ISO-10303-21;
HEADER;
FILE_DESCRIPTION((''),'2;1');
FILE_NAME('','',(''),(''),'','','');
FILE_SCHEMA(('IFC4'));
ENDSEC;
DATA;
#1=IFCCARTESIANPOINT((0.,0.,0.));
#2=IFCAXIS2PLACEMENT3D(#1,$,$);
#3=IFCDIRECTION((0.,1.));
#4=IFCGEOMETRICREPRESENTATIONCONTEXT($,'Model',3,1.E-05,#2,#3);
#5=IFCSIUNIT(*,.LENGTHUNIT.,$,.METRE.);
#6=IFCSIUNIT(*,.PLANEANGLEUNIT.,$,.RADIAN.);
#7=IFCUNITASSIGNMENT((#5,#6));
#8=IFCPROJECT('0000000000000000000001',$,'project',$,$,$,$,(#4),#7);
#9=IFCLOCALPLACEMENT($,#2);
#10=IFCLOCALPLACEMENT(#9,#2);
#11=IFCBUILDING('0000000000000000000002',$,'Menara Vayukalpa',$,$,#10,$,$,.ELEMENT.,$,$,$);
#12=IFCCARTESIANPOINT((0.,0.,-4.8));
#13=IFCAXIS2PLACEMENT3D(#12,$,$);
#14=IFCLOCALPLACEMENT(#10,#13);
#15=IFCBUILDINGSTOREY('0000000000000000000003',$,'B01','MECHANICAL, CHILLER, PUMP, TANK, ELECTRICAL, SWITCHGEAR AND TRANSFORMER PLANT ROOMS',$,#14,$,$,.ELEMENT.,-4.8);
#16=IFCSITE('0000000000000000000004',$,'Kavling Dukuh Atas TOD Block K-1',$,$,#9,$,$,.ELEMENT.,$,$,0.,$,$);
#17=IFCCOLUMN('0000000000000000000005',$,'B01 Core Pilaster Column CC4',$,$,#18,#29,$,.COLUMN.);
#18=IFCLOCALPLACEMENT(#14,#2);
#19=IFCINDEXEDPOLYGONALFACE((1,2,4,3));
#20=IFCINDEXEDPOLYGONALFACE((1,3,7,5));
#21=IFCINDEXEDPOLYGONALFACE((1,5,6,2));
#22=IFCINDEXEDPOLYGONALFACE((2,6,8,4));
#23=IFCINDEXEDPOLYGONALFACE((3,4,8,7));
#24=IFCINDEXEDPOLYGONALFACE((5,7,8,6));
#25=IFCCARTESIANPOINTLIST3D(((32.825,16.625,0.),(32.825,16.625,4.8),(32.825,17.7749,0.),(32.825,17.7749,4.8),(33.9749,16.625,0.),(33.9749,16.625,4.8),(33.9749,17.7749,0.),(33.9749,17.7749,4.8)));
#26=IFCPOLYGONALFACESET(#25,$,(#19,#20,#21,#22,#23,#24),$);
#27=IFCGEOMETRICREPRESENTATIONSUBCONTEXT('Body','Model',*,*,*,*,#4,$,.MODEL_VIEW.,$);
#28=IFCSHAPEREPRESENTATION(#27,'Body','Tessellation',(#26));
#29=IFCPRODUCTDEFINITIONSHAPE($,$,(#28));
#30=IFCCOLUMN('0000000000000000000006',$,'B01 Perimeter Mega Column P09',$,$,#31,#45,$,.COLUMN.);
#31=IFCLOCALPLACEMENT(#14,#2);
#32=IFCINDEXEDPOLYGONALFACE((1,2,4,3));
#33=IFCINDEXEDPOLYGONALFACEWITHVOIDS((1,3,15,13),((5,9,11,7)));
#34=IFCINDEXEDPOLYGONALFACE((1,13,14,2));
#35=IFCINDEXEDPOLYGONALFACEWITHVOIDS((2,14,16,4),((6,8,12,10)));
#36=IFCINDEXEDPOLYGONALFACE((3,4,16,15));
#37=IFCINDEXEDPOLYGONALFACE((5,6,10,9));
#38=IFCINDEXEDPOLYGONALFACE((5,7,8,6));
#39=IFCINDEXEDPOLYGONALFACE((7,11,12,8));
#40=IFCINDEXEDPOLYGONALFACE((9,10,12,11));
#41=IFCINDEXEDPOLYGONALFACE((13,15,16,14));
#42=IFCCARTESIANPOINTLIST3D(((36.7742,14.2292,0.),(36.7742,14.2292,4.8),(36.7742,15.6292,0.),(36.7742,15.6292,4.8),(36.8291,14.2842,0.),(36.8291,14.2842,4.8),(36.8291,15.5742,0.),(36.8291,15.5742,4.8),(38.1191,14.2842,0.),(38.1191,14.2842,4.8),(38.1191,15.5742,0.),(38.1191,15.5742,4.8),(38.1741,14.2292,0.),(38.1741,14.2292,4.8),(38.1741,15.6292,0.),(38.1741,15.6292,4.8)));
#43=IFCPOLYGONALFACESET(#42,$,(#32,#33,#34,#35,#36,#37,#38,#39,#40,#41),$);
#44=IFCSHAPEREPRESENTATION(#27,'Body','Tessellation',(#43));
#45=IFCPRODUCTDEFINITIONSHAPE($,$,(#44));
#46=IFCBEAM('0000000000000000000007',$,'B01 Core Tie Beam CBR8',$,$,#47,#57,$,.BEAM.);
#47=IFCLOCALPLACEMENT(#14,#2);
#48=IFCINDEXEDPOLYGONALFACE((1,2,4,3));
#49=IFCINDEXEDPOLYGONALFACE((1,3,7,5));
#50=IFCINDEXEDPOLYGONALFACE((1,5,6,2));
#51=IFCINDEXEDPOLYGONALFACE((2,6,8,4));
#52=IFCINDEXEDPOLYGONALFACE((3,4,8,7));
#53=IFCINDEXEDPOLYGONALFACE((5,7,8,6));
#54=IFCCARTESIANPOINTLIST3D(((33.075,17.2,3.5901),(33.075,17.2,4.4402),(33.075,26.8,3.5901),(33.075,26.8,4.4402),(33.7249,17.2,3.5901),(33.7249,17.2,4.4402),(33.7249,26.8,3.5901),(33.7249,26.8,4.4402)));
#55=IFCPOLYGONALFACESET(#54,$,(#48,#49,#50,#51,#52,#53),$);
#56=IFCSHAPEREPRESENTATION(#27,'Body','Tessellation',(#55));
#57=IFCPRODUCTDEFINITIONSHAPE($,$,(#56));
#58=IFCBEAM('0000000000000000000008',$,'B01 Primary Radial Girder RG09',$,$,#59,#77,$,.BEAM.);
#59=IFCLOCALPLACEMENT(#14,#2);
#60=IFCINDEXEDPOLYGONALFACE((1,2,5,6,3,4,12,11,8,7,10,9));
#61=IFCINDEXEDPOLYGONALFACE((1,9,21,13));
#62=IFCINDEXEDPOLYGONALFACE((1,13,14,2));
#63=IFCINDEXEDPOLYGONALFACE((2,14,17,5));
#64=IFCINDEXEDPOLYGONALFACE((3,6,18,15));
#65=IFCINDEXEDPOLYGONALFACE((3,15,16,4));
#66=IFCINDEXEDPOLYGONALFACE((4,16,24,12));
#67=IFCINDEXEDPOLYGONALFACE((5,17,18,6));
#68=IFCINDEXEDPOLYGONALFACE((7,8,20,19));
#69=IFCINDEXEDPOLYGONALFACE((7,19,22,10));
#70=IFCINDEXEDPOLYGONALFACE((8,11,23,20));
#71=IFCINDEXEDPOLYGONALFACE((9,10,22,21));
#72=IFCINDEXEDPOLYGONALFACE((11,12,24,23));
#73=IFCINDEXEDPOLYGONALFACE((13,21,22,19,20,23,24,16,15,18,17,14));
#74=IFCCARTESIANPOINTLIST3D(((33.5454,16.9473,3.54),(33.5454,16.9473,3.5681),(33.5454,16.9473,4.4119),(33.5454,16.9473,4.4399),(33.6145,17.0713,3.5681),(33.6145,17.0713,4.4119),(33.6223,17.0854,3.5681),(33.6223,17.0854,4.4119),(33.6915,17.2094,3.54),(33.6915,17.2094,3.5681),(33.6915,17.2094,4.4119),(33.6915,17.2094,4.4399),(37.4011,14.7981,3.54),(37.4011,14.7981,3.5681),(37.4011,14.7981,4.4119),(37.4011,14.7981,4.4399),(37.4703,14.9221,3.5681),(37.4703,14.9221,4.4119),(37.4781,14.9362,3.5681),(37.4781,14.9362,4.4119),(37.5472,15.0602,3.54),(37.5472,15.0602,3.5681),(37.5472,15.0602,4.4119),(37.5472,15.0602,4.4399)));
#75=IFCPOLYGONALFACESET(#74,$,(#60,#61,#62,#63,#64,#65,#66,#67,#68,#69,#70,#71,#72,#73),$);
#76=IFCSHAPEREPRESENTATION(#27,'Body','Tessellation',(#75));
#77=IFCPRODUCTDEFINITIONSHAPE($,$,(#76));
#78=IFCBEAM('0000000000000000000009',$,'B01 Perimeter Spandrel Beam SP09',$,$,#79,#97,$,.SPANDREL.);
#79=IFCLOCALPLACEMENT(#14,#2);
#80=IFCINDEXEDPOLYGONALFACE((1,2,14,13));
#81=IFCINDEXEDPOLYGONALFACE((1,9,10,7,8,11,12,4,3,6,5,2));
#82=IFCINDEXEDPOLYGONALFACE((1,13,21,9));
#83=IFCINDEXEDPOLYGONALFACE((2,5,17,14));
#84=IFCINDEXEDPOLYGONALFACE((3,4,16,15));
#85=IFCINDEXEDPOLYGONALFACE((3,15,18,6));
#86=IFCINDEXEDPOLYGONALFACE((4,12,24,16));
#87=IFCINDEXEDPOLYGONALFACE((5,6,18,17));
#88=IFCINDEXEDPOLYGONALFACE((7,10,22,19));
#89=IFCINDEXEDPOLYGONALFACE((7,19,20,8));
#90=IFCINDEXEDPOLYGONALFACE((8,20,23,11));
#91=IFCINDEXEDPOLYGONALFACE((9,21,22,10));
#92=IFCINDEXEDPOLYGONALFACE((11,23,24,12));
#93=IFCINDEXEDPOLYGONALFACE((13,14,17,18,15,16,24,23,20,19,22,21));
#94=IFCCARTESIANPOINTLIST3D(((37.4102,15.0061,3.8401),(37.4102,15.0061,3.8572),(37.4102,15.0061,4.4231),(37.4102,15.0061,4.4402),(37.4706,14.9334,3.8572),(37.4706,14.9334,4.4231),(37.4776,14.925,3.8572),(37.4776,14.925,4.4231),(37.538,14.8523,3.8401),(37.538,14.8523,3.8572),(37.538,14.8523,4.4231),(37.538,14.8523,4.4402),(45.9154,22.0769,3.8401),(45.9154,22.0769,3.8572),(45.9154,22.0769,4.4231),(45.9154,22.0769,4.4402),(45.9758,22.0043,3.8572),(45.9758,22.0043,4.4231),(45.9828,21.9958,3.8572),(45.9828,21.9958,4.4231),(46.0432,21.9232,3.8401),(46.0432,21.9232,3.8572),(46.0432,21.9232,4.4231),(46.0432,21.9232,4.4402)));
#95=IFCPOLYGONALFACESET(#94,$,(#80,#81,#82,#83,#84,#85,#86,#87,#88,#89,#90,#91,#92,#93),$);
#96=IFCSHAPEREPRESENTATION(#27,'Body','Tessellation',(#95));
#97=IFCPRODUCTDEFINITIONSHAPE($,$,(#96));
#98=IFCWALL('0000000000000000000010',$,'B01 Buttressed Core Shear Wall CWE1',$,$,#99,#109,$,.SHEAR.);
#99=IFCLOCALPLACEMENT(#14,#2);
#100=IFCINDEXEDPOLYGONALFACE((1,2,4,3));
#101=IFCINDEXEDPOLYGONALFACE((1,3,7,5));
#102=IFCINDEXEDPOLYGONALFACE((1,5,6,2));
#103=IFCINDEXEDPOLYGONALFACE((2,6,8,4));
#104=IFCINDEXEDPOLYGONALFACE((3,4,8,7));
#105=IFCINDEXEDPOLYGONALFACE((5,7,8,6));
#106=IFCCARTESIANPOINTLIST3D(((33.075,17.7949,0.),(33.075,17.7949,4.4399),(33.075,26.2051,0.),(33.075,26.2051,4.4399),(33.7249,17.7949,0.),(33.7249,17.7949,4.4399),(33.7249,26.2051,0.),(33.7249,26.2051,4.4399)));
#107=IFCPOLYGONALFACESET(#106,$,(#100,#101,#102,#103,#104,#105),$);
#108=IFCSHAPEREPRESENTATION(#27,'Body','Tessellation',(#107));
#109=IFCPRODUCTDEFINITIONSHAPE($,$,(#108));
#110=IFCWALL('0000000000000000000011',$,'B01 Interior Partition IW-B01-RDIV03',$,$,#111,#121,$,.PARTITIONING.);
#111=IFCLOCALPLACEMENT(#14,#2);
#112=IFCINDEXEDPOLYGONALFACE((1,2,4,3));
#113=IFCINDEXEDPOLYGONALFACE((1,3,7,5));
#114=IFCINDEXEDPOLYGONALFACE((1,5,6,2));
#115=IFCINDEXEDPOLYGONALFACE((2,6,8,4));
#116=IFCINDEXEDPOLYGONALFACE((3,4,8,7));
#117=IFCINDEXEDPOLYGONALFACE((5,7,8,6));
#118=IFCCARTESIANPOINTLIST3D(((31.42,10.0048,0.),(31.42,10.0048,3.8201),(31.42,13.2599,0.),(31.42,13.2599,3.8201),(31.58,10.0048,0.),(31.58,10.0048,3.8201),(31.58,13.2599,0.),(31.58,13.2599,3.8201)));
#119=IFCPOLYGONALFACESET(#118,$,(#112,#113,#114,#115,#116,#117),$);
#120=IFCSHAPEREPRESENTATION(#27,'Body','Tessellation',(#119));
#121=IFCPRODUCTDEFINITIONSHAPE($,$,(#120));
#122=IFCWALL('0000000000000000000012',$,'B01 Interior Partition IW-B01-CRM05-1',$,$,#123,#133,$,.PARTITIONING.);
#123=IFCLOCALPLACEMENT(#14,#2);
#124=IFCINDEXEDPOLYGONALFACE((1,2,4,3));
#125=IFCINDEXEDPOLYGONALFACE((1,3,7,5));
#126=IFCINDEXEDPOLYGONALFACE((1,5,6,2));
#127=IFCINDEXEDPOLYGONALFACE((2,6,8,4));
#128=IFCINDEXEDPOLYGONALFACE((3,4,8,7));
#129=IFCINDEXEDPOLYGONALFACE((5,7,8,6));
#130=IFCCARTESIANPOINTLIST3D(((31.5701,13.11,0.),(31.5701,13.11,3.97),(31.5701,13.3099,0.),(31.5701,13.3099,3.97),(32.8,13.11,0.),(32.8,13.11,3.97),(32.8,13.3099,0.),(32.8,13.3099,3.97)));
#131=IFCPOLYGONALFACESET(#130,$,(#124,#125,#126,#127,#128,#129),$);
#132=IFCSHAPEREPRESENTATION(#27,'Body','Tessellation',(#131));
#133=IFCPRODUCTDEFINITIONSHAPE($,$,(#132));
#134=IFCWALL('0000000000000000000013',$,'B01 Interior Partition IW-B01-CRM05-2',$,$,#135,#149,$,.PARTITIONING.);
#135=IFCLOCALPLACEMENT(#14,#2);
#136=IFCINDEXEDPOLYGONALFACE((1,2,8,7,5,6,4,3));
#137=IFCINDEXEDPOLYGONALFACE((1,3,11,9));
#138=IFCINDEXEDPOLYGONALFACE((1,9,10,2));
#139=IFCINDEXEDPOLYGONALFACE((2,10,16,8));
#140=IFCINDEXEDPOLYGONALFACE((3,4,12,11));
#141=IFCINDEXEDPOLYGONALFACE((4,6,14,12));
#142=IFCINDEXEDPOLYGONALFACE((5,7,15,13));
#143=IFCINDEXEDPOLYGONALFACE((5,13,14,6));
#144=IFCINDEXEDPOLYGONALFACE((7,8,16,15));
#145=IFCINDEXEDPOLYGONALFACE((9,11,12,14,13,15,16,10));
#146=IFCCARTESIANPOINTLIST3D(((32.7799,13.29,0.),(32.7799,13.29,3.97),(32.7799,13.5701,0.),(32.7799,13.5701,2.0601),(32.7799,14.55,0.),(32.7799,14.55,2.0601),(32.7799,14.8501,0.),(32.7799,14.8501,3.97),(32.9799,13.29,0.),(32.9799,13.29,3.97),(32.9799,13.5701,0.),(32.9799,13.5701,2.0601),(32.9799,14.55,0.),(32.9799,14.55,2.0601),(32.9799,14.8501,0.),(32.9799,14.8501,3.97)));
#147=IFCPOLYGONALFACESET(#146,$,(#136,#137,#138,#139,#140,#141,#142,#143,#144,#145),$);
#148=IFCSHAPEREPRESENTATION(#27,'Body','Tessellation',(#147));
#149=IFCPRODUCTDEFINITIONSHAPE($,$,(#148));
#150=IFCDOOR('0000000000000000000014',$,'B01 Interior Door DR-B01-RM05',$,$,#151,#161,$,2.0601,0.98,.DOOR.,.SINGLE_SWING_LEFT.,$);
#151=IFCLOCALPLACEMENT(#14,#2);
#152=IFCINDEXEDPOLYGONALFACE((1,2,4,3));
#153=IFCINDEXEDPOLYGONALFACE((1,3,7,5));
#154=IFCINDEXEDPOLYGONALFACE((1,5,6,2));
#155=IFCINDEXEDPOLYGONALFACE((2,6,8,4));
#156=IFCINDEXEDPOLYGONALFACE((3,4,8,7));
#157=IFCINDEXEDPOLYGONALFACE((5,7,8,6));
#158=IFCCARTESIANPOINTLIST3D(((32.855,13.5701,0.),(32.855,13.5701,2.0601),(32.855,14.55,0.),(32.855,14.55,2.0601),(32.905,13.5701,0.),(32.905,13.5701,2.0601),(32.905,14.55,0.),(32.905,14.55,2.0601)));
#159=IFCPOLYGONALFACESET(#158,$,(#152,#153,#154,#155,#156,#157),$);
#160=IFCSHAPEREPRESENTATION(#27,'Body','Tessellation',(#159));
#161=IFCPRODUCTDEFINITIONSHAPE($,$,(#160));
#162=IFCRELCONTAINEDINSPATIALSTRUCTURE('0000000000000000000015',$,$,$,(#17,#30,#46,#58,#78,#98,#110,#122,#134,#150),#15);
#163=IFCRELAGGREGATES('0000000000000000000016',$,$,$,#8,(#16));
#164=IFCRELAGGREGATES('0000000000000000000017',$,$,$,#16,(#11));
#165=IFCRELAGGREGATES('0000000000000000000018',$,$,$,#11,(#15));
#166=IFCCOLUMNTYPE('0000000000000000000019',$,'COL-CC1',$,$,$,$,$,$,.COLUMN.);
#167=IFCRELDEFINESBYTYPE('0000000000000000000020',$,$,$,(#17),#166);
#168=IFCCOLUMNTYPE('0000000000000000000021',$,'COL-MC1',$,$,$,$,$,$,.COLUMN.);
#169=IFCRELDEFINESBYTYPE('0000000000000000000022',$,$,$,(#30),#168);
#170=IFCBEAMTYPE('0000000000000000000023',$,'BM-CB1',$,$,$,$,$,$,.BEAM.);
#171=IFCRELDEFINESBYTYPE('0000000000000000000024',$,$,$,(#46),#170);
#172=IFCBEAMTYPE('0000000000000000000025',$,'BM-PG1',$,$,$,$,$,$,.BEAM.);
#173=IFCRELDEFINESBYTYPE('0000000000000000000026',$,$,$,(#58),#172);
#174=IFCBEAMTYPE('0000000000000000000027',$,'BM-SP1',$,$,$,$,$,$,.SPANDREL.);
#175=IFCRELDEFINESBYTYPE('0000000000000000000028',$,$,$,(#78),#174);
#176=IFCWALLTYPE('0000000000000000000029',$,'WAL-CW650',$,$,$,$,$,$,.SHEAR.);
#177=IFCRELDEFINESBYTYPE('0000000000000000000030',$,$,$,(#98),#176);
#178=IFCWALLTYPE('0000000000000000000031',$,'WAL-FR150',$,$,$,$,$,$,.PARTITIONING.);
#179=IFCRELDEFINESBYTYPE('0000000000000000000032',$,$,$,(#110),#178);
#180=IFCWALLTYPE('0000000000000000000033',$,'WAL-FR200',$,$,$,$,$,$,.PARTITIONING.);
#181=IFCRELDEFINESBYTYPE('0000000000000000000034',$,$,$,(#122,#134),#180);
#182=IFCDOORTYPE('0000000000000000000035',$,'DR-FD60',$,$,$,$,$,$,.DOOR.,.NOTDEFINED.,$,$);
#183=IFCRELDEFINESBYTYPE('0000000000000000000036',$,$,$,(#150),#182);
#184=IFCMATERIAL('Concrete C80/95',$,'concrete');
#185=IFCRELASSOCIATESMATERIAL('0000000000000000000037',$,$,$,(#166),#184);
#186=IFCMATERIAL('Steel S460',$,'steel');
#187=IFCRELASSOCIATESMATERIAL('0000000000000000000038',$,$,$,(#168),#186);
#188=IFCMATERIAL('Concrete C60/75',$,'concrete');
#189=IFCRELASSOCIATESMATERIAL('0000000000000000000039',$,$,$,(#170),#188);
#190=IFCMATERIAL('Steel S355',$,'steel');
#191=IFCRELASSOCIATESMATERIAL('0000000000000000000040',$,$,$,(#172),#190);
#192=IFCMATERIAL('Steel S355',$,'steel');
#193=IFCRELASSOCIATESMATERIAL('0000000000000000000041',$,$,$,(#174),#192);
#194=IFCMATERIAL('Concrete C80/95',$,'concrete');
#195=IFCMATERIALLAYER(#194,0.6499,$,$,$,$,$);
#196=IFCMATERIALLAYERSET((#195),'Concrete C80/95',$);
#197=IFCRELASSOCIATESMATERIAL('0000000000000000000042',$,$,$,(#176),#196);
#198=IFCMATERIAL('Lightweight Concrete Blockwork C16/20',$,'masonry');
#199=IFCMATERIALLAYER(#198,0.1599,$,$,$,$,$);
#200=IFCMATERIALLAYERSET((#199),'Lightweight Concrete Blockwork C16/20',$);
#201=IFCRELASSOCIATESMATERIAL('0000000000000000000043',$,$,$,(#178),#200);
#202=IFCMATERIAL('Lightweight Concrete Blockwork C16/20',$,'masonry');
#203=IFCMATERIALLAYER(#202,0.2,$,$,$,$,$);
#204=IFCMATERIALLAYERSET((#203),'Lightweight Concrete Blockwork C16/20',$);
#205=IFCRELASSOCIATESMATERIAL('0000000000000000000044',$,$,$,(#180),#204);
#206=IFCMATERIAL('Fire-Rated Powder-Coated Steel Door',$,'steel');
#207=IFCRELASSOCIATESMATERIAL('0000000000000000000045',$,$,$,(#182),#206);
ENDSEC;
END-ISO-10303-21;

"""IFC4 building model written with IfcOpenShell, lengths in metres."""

from ifc_helpers import new_model, si_unit, direction, frame, frame_2d, origin, origin_2d, place, context, subcontext, project, spatial, rectangle, hollow_rectangle, i_section, extrude, material, layer, layer_set, material_profile, profile_set, type_object, element, fill, save


model = new_model("IFC4")

# Units and contexts
model_context = context("Model", 3, precision=1e-05, world=origin(), true_north=direction((0.0, 1.0)))
body_context = subcontext(model_context, "Body", "Model", "MODEL_VIEW")
ifc_project = project(units=[si_unit("LENGTHUNIT", "METRE"), si_unit("PLANEANGLEUNIT", "RADIAN")], contexts=[model_context])

# Site, building, storey
site_placement = place(None, origin())
site = spatial("IfcSite", under=ifc_project, at=site_placement, Name="Kavling Dukuh Atas TOD Block K-1", CompositionType="ELEMENT", RefElevation=0.0)
building_placement = place(site_placement, origin())
building = spatial("IfcBuilding", under=site, at=building_placement, Name="Menara Vayukalpa", CompositionType="ELEMENT")
storey_placement = place(building_placement, frame((0.0, 0.0, -4.8)))
storey = spatial("IfcBuildingStorey", under=building, at=storey_placement, Name="B01", Description="MECHANICAL, CHILLER, PUMP, TANK, ELECTRICAL, SWITCHGEAR AND TRANSFORMER PLANT ROOMS", CompositionType="ELEMENT", Elevation=-4.8)

# Columns
ifc_material_1 = material(Name="Concrete C80/95", Category="concrete")
ifc_material_profile_1 = material_profile(ifc_material_1, rectangle(XDim=1.1499, YDim=1.1499, at=origin_2d()), Name="RC 1150x1150")
ifc_profile_set_1 = profile_set([ifc_material_profile_1], Name="Concrete C80/95")
column_type_1 = type_object("IfcColumnType", Name="COL-CC1", PredefinedType="COLUMN", material=ifc_profile_set_1)
column_1_placement = place(storey_placement, frame((33.3999, 17.2, 0.0), z_axis=(0.0, 0.0, 1.0), x_axis=(1.0, 0.0, 0.0)))
element("IfcColumn", 1, at=column_1_placement, inside=storey, type_object=column_type_1, Name="B01 Core Pilaster Column CC4", PredefinedType="COLUMN", context=body_context, shape_type="SweptSolid", body=[
    extrude(rectangle(XDim=1.1499, YDim=1.1499, at=origin_2d()), origin(), (0.0, 0.0, 1.0), 4.8),
])
ifc_material_2 = material(Name="Steel S460", Category="steel")
ifc_material_profile_2 = material_profile(ifc_material_2, hollow_rectangle(XDim=1.3999, YDim=1.3999, WallThickness=0.0549, at=origin_2d()), Name="BOX 1400x1400x55")
ifc_profile_set_2 = profile_set([ifc_material_profile_2], Name="Steel S460")
column_type_2 = type_object("IfcColumnType", Name="COL-MC1", PredefinedType="COLUMN", material=ifc_profile_set_2)
column_2_placement = place(storey_placement, frame((37.4741, 14.9292, 0.0), z_axis=(0.0, 0.0, 1.0), x_axis=(1.0, 0.0, 0.0)))
element("IfcColumn", 2, at=column_2_placement, inside=storey, type_object=column_type_2, Name="B01 Perimeter Mega Column P09", PredefinedType="COLUMN", context=body_context, shape_type="SweptSolid", body=[
    extrude(hollow_rectangle(XDim=1.3999, YDim=1.3999, WallThickness=0.0549, at=origin_2d()), origin(), (0.0, 0.0, 1.0), 4.8),
])

# Beams
ifc_material_3 = material(Name="Concrete C60/75", Category="concrete")
ifc_material_profile_3 = material_profile(ifc_material_3, rectangle(XDim=0.6499, YDim=0.8501, at=origin_2d()), Name="RC 650x850")
ifc_profile_set_3 = profile_set([ifc_material_profile_3], Name="Concrete C60/75")
beam_type_1 = type_object("IfcBeamType", Name="BM-CB1", PredefinedType="BEAM", material=ifc_profile_set_3)
beam_1_placement = place(storey_placement, frame((33.3999, 17.2, 4.0151), z_axis=(0.0, 1.0, 0.0), x_axis=(-1.0, 0.0, 0.0)))
element("IfcBeam", 3, at=beam_1_placement, inside=storey, type_object=beam_type_1, Name="B01 Core Tie Beam CBR8", PredefinedType="BEAM", context=body_context, shape_type="SweptSolid", body=[
    extrude(rectangle(XDim=0.6499, YDim=0.8501, at=origin_2d()), origin(), (0.0, 0.0, 1.0), 9.6001),
])
ifc_material_4 = material(Name="Steel S355", Category="steel")
ifc_material_profile_4 = material_profile(ifc_material_4, i_section(OverallWidth=0.3, OverallDepth=0.8999, WebThickness=0.0161, FlangeThickness=0.0281, at=origin_2d()), Name="WF 900x300x16x28")
ifc_profile_set_4 = profile_set([ifc_material_profile_4], Name="Steel S355")
beam_type_2 = type_object("IfcBeamType", Name="BM-PG1", PredefinedType="BEAM", material=ifc_profile_set_4)
beam_2_placement = place(storey_placement, frame((33.6184, 17.0784, 3.99), z_axis=(0.873473, -0.486873, 0.0), x_axis=(0.486873, 0.873473, 0.0)))
element("IfcBeam", 4, at=beam_2_placement, inside=storey, type_object=beam_type_2, Name="B01 Primary Radial Girder RG09", PredefinedType="BEAM", context=body_context, shape_type="SweptSolid", body=[
    extrude(i_section(OverallWidth=0.3, OverallDepth=0.8999, WebThickness=0.0161, FlangeThickness=0.0281, at=origin_2d()), origin(), (0.0, 0.0, 1.0), 4.4143),
])
ifc_material_5 = material(Name="Steel S355", Category="steel")
ifc_material_profile_5 = material_profile(ifc_material_5, i_section(OverallWidth=0.2, OverallDepth=0.6001, WebThickness=0.011, FlangeThickness=0.0171, at=origin_2d()), Name="WF 600x200x11x17")
ifc_profile_set_5 = profile_set([ifc_material_profile_5], Name="Steel S355")
beam_type_3 = type_object("IfcBeamType", Name="BM-SP1", PredefinedType="SPANDREL", material=ifc_profile_set_5)
beam_3_placement = place(storey_placement, frame((37.4741, 14.9292, 4.1401), z_axis=(0.768968, 0.639287, 0.0), x_axis=(-0.639287, 0.768968, 0.0)))
element("IfcBeam", 5, at=beam_3_placement, inside=storey, type_object=beam_type_3, Name="B01 Perimeter Spandrel Beam SP09", PredefinedType="SPANDREL", context=body_context, shape_type="SweptSolid", body=[
    extrude(i_section(OverallWidth=0.2, OverallDepth=0.6001, WebThickness=0.011, FlangeThickness=0.0171, at=origin_2d()), origin(), (0.0, 0.0, 1.0), 11.0605),
])

# Walls
ifc_material_6 = material(Name="Concrete C80/95", Category="concrete")
ifc_layer_1 = layer(ifc_material_6, 0.6499)
ifc_layer_set_1 = layer_set([ifc_layer_1], Name="Concrete C80/95")
wall_type_1 = type_object("IfcWallType", Name="WAL-CW650", PredefinedType="SHEAR", material=ifc_layer_set_1)
wall_1_placement = place(storey_placement, frame((33.3999, 17.7949, 0.0), z_axis=(0.0, 0.0, 1.0), x_axis=(0.0, 1.0, 0.0)))
element("IfcWall", 6, at=wall_1_placement, inside=storey, type_object=wall_type_1, Name="B01 Buttressed Core Shear Wall CWE1", PredefinedType="SHEAR", context=body_context, shape_type="SweptSolid", body=[
    extrude(rectangle(XDim=8.4102, YDim=0.6499, at=frame_2d((4.2051, 0.0))), origin(), (0.0, 0.0, 1.0), 4.4399),
])
ifc_material_7 = material(Name="Lightweight Concrete Blockwork C16/20", Category="masonry")
ifc_layer_2 = layer(ifc_material_7, 0.1599)
ifc_layer_set_2 = layer_set([ifc_layer_2], Name="Lightweight Concrete Blockwork C16/20")
wall_type_2 = type_object("IfcWallType", Name="WAL-FR150", PredefinedType="PARTITIONING", material=ifc_layer_set_2)
wall_2_placement = place(storey_placement, frame((31.5, 10.0049, 0.0), z_axis=(0.0, 0.0, 1.0), x_axis=(0.0, 1.0, 0.0)))
element("IfcWall", 7, at=wall_2_placement, inside=storey, type_object=wall_type_2, Name="B01 Interior Partition IW-B01-RDIV03", PredefinedType="PARTITIONING", context=body_context, shape_type="SweptSolid", body=[
    extrude(rectangle(XDim=3.2551, YDim=0.1599, at=frame_2d((1.6274, 0.0))), origin(), (0.0, 0.0, 1.0), 3.8201),
])
ifc_material_8 = material(Name="Lightweight Concrete Blockwork C16/20", Category="masonry")
ifc_layer_3 = layer(ifc_material_8, 0.2)
ifc_layer_set_3 = layer_set([ifc_layer_3], Name="Lightweight Concrete Blockwork C16/20")
wall_type_3 = type_object("IfcWallType", Name="WAL-FR200", PredefinedType="PARTITIONING", material=ifc_layer_set_3)
wall_3_placement = place(storey_placement, frame((31.5701, 13.21, 0.0), z_axis=(0.0, 0.0, 1.0), x_axis=(1.0, 0.0, 0.0)))
element("IfcWall", 8, at=wall_3_placement, inside=storey, type_object=wall_type_3, Name="B01 Interior Partition IW-B01-CRM05-1", PredefinedType="PARTITIONING", context=body_context, shape_type="SweptSolid", body=[
    extrude(rectangle(XDim=1.23, YDim=0.2, at=frame_2d((0.615, 0.0))), origin(), (0.0, 0.0, 1.0), 3.97),
])

# Wall, opening, door
wall_4_placement = place(storey_placement, frame((32.8799, 13.29, 0.0), z_axis=(0.0, 0.0, 1.0), x_axis=(0.0, 1.0, 0.0)))
wall_4 = element("IfcWall", 9, at=wall_4_placement, inside=storey, type_object=wall_type_3, Name="B01 Interior Partition IW-B01-CRM05-2", PredefinedType="PARTITIONING", context=body_context, shape_type="SweptSolid", body=[
    extrude(rectangle(XDim=1.5601, YDim=0.2, at=frame_2d((0.78, 0.0))), origin(), (0.0, 0.0, 1.0), 3.97),
])
opening_1_placement = place(wall_4_placement, frame((0.28, 0.0, 0.0)))
opening_1 = element("IfcOpeningElement", 10, at=opening_1_placement, cuts=wall_4, PredefinedType="OPENING", context=body_context, shape_type="SweptSolid", body=[
    extrude(rectangle(XDim=0.98, YDim=2.0601, at=frame_2d((0.49, 1.03))), frame((0.0, 0.1099, 0.0), z_axis=(0.0, -1.0, 0.0), x_axis=(1.0, 0.0, 0.0)), (0.0, 0.0, 1.0), 0.22),
])
ifc_material_9 = material(Name="Fire-Rated Powder-Coated Steel Door", Category="steel")
door_type_1 = type_object("IfcDoorType", Name="DR-FD60", OperationType="NOTDEFINED", PredefinedType="DOOR", material=ifc_material_9)
door_1_placement = place(opening_1_placement, origin())
door_1 = element("IfcDoor", 11, at=door_1_placement, inside=storey, type_object=door_type_1, Name="B01 Interior Door DR-B01-RM05", OperationType="SINGLE_SWING_LEFT", OverallHeight=2.0601, OverallWidth=0.98, PredefinedType="DOOR", context=body_context, shape_type="SweptSolid", body=[
    extrude(rectangle(XDim=0.98, YDim=2.0601, at=frame_2d((0.49, 1.03))), frame((0.0, 0.0249, 0.0), z_axis=(0.0, -1.0, 0.0), x_axis=(1.0, 0.0, 0.0)), (0.0, 0.0, 1.0), 0.05),
])
fill(opening_1, door_1)

save(model, "model.ifc")
